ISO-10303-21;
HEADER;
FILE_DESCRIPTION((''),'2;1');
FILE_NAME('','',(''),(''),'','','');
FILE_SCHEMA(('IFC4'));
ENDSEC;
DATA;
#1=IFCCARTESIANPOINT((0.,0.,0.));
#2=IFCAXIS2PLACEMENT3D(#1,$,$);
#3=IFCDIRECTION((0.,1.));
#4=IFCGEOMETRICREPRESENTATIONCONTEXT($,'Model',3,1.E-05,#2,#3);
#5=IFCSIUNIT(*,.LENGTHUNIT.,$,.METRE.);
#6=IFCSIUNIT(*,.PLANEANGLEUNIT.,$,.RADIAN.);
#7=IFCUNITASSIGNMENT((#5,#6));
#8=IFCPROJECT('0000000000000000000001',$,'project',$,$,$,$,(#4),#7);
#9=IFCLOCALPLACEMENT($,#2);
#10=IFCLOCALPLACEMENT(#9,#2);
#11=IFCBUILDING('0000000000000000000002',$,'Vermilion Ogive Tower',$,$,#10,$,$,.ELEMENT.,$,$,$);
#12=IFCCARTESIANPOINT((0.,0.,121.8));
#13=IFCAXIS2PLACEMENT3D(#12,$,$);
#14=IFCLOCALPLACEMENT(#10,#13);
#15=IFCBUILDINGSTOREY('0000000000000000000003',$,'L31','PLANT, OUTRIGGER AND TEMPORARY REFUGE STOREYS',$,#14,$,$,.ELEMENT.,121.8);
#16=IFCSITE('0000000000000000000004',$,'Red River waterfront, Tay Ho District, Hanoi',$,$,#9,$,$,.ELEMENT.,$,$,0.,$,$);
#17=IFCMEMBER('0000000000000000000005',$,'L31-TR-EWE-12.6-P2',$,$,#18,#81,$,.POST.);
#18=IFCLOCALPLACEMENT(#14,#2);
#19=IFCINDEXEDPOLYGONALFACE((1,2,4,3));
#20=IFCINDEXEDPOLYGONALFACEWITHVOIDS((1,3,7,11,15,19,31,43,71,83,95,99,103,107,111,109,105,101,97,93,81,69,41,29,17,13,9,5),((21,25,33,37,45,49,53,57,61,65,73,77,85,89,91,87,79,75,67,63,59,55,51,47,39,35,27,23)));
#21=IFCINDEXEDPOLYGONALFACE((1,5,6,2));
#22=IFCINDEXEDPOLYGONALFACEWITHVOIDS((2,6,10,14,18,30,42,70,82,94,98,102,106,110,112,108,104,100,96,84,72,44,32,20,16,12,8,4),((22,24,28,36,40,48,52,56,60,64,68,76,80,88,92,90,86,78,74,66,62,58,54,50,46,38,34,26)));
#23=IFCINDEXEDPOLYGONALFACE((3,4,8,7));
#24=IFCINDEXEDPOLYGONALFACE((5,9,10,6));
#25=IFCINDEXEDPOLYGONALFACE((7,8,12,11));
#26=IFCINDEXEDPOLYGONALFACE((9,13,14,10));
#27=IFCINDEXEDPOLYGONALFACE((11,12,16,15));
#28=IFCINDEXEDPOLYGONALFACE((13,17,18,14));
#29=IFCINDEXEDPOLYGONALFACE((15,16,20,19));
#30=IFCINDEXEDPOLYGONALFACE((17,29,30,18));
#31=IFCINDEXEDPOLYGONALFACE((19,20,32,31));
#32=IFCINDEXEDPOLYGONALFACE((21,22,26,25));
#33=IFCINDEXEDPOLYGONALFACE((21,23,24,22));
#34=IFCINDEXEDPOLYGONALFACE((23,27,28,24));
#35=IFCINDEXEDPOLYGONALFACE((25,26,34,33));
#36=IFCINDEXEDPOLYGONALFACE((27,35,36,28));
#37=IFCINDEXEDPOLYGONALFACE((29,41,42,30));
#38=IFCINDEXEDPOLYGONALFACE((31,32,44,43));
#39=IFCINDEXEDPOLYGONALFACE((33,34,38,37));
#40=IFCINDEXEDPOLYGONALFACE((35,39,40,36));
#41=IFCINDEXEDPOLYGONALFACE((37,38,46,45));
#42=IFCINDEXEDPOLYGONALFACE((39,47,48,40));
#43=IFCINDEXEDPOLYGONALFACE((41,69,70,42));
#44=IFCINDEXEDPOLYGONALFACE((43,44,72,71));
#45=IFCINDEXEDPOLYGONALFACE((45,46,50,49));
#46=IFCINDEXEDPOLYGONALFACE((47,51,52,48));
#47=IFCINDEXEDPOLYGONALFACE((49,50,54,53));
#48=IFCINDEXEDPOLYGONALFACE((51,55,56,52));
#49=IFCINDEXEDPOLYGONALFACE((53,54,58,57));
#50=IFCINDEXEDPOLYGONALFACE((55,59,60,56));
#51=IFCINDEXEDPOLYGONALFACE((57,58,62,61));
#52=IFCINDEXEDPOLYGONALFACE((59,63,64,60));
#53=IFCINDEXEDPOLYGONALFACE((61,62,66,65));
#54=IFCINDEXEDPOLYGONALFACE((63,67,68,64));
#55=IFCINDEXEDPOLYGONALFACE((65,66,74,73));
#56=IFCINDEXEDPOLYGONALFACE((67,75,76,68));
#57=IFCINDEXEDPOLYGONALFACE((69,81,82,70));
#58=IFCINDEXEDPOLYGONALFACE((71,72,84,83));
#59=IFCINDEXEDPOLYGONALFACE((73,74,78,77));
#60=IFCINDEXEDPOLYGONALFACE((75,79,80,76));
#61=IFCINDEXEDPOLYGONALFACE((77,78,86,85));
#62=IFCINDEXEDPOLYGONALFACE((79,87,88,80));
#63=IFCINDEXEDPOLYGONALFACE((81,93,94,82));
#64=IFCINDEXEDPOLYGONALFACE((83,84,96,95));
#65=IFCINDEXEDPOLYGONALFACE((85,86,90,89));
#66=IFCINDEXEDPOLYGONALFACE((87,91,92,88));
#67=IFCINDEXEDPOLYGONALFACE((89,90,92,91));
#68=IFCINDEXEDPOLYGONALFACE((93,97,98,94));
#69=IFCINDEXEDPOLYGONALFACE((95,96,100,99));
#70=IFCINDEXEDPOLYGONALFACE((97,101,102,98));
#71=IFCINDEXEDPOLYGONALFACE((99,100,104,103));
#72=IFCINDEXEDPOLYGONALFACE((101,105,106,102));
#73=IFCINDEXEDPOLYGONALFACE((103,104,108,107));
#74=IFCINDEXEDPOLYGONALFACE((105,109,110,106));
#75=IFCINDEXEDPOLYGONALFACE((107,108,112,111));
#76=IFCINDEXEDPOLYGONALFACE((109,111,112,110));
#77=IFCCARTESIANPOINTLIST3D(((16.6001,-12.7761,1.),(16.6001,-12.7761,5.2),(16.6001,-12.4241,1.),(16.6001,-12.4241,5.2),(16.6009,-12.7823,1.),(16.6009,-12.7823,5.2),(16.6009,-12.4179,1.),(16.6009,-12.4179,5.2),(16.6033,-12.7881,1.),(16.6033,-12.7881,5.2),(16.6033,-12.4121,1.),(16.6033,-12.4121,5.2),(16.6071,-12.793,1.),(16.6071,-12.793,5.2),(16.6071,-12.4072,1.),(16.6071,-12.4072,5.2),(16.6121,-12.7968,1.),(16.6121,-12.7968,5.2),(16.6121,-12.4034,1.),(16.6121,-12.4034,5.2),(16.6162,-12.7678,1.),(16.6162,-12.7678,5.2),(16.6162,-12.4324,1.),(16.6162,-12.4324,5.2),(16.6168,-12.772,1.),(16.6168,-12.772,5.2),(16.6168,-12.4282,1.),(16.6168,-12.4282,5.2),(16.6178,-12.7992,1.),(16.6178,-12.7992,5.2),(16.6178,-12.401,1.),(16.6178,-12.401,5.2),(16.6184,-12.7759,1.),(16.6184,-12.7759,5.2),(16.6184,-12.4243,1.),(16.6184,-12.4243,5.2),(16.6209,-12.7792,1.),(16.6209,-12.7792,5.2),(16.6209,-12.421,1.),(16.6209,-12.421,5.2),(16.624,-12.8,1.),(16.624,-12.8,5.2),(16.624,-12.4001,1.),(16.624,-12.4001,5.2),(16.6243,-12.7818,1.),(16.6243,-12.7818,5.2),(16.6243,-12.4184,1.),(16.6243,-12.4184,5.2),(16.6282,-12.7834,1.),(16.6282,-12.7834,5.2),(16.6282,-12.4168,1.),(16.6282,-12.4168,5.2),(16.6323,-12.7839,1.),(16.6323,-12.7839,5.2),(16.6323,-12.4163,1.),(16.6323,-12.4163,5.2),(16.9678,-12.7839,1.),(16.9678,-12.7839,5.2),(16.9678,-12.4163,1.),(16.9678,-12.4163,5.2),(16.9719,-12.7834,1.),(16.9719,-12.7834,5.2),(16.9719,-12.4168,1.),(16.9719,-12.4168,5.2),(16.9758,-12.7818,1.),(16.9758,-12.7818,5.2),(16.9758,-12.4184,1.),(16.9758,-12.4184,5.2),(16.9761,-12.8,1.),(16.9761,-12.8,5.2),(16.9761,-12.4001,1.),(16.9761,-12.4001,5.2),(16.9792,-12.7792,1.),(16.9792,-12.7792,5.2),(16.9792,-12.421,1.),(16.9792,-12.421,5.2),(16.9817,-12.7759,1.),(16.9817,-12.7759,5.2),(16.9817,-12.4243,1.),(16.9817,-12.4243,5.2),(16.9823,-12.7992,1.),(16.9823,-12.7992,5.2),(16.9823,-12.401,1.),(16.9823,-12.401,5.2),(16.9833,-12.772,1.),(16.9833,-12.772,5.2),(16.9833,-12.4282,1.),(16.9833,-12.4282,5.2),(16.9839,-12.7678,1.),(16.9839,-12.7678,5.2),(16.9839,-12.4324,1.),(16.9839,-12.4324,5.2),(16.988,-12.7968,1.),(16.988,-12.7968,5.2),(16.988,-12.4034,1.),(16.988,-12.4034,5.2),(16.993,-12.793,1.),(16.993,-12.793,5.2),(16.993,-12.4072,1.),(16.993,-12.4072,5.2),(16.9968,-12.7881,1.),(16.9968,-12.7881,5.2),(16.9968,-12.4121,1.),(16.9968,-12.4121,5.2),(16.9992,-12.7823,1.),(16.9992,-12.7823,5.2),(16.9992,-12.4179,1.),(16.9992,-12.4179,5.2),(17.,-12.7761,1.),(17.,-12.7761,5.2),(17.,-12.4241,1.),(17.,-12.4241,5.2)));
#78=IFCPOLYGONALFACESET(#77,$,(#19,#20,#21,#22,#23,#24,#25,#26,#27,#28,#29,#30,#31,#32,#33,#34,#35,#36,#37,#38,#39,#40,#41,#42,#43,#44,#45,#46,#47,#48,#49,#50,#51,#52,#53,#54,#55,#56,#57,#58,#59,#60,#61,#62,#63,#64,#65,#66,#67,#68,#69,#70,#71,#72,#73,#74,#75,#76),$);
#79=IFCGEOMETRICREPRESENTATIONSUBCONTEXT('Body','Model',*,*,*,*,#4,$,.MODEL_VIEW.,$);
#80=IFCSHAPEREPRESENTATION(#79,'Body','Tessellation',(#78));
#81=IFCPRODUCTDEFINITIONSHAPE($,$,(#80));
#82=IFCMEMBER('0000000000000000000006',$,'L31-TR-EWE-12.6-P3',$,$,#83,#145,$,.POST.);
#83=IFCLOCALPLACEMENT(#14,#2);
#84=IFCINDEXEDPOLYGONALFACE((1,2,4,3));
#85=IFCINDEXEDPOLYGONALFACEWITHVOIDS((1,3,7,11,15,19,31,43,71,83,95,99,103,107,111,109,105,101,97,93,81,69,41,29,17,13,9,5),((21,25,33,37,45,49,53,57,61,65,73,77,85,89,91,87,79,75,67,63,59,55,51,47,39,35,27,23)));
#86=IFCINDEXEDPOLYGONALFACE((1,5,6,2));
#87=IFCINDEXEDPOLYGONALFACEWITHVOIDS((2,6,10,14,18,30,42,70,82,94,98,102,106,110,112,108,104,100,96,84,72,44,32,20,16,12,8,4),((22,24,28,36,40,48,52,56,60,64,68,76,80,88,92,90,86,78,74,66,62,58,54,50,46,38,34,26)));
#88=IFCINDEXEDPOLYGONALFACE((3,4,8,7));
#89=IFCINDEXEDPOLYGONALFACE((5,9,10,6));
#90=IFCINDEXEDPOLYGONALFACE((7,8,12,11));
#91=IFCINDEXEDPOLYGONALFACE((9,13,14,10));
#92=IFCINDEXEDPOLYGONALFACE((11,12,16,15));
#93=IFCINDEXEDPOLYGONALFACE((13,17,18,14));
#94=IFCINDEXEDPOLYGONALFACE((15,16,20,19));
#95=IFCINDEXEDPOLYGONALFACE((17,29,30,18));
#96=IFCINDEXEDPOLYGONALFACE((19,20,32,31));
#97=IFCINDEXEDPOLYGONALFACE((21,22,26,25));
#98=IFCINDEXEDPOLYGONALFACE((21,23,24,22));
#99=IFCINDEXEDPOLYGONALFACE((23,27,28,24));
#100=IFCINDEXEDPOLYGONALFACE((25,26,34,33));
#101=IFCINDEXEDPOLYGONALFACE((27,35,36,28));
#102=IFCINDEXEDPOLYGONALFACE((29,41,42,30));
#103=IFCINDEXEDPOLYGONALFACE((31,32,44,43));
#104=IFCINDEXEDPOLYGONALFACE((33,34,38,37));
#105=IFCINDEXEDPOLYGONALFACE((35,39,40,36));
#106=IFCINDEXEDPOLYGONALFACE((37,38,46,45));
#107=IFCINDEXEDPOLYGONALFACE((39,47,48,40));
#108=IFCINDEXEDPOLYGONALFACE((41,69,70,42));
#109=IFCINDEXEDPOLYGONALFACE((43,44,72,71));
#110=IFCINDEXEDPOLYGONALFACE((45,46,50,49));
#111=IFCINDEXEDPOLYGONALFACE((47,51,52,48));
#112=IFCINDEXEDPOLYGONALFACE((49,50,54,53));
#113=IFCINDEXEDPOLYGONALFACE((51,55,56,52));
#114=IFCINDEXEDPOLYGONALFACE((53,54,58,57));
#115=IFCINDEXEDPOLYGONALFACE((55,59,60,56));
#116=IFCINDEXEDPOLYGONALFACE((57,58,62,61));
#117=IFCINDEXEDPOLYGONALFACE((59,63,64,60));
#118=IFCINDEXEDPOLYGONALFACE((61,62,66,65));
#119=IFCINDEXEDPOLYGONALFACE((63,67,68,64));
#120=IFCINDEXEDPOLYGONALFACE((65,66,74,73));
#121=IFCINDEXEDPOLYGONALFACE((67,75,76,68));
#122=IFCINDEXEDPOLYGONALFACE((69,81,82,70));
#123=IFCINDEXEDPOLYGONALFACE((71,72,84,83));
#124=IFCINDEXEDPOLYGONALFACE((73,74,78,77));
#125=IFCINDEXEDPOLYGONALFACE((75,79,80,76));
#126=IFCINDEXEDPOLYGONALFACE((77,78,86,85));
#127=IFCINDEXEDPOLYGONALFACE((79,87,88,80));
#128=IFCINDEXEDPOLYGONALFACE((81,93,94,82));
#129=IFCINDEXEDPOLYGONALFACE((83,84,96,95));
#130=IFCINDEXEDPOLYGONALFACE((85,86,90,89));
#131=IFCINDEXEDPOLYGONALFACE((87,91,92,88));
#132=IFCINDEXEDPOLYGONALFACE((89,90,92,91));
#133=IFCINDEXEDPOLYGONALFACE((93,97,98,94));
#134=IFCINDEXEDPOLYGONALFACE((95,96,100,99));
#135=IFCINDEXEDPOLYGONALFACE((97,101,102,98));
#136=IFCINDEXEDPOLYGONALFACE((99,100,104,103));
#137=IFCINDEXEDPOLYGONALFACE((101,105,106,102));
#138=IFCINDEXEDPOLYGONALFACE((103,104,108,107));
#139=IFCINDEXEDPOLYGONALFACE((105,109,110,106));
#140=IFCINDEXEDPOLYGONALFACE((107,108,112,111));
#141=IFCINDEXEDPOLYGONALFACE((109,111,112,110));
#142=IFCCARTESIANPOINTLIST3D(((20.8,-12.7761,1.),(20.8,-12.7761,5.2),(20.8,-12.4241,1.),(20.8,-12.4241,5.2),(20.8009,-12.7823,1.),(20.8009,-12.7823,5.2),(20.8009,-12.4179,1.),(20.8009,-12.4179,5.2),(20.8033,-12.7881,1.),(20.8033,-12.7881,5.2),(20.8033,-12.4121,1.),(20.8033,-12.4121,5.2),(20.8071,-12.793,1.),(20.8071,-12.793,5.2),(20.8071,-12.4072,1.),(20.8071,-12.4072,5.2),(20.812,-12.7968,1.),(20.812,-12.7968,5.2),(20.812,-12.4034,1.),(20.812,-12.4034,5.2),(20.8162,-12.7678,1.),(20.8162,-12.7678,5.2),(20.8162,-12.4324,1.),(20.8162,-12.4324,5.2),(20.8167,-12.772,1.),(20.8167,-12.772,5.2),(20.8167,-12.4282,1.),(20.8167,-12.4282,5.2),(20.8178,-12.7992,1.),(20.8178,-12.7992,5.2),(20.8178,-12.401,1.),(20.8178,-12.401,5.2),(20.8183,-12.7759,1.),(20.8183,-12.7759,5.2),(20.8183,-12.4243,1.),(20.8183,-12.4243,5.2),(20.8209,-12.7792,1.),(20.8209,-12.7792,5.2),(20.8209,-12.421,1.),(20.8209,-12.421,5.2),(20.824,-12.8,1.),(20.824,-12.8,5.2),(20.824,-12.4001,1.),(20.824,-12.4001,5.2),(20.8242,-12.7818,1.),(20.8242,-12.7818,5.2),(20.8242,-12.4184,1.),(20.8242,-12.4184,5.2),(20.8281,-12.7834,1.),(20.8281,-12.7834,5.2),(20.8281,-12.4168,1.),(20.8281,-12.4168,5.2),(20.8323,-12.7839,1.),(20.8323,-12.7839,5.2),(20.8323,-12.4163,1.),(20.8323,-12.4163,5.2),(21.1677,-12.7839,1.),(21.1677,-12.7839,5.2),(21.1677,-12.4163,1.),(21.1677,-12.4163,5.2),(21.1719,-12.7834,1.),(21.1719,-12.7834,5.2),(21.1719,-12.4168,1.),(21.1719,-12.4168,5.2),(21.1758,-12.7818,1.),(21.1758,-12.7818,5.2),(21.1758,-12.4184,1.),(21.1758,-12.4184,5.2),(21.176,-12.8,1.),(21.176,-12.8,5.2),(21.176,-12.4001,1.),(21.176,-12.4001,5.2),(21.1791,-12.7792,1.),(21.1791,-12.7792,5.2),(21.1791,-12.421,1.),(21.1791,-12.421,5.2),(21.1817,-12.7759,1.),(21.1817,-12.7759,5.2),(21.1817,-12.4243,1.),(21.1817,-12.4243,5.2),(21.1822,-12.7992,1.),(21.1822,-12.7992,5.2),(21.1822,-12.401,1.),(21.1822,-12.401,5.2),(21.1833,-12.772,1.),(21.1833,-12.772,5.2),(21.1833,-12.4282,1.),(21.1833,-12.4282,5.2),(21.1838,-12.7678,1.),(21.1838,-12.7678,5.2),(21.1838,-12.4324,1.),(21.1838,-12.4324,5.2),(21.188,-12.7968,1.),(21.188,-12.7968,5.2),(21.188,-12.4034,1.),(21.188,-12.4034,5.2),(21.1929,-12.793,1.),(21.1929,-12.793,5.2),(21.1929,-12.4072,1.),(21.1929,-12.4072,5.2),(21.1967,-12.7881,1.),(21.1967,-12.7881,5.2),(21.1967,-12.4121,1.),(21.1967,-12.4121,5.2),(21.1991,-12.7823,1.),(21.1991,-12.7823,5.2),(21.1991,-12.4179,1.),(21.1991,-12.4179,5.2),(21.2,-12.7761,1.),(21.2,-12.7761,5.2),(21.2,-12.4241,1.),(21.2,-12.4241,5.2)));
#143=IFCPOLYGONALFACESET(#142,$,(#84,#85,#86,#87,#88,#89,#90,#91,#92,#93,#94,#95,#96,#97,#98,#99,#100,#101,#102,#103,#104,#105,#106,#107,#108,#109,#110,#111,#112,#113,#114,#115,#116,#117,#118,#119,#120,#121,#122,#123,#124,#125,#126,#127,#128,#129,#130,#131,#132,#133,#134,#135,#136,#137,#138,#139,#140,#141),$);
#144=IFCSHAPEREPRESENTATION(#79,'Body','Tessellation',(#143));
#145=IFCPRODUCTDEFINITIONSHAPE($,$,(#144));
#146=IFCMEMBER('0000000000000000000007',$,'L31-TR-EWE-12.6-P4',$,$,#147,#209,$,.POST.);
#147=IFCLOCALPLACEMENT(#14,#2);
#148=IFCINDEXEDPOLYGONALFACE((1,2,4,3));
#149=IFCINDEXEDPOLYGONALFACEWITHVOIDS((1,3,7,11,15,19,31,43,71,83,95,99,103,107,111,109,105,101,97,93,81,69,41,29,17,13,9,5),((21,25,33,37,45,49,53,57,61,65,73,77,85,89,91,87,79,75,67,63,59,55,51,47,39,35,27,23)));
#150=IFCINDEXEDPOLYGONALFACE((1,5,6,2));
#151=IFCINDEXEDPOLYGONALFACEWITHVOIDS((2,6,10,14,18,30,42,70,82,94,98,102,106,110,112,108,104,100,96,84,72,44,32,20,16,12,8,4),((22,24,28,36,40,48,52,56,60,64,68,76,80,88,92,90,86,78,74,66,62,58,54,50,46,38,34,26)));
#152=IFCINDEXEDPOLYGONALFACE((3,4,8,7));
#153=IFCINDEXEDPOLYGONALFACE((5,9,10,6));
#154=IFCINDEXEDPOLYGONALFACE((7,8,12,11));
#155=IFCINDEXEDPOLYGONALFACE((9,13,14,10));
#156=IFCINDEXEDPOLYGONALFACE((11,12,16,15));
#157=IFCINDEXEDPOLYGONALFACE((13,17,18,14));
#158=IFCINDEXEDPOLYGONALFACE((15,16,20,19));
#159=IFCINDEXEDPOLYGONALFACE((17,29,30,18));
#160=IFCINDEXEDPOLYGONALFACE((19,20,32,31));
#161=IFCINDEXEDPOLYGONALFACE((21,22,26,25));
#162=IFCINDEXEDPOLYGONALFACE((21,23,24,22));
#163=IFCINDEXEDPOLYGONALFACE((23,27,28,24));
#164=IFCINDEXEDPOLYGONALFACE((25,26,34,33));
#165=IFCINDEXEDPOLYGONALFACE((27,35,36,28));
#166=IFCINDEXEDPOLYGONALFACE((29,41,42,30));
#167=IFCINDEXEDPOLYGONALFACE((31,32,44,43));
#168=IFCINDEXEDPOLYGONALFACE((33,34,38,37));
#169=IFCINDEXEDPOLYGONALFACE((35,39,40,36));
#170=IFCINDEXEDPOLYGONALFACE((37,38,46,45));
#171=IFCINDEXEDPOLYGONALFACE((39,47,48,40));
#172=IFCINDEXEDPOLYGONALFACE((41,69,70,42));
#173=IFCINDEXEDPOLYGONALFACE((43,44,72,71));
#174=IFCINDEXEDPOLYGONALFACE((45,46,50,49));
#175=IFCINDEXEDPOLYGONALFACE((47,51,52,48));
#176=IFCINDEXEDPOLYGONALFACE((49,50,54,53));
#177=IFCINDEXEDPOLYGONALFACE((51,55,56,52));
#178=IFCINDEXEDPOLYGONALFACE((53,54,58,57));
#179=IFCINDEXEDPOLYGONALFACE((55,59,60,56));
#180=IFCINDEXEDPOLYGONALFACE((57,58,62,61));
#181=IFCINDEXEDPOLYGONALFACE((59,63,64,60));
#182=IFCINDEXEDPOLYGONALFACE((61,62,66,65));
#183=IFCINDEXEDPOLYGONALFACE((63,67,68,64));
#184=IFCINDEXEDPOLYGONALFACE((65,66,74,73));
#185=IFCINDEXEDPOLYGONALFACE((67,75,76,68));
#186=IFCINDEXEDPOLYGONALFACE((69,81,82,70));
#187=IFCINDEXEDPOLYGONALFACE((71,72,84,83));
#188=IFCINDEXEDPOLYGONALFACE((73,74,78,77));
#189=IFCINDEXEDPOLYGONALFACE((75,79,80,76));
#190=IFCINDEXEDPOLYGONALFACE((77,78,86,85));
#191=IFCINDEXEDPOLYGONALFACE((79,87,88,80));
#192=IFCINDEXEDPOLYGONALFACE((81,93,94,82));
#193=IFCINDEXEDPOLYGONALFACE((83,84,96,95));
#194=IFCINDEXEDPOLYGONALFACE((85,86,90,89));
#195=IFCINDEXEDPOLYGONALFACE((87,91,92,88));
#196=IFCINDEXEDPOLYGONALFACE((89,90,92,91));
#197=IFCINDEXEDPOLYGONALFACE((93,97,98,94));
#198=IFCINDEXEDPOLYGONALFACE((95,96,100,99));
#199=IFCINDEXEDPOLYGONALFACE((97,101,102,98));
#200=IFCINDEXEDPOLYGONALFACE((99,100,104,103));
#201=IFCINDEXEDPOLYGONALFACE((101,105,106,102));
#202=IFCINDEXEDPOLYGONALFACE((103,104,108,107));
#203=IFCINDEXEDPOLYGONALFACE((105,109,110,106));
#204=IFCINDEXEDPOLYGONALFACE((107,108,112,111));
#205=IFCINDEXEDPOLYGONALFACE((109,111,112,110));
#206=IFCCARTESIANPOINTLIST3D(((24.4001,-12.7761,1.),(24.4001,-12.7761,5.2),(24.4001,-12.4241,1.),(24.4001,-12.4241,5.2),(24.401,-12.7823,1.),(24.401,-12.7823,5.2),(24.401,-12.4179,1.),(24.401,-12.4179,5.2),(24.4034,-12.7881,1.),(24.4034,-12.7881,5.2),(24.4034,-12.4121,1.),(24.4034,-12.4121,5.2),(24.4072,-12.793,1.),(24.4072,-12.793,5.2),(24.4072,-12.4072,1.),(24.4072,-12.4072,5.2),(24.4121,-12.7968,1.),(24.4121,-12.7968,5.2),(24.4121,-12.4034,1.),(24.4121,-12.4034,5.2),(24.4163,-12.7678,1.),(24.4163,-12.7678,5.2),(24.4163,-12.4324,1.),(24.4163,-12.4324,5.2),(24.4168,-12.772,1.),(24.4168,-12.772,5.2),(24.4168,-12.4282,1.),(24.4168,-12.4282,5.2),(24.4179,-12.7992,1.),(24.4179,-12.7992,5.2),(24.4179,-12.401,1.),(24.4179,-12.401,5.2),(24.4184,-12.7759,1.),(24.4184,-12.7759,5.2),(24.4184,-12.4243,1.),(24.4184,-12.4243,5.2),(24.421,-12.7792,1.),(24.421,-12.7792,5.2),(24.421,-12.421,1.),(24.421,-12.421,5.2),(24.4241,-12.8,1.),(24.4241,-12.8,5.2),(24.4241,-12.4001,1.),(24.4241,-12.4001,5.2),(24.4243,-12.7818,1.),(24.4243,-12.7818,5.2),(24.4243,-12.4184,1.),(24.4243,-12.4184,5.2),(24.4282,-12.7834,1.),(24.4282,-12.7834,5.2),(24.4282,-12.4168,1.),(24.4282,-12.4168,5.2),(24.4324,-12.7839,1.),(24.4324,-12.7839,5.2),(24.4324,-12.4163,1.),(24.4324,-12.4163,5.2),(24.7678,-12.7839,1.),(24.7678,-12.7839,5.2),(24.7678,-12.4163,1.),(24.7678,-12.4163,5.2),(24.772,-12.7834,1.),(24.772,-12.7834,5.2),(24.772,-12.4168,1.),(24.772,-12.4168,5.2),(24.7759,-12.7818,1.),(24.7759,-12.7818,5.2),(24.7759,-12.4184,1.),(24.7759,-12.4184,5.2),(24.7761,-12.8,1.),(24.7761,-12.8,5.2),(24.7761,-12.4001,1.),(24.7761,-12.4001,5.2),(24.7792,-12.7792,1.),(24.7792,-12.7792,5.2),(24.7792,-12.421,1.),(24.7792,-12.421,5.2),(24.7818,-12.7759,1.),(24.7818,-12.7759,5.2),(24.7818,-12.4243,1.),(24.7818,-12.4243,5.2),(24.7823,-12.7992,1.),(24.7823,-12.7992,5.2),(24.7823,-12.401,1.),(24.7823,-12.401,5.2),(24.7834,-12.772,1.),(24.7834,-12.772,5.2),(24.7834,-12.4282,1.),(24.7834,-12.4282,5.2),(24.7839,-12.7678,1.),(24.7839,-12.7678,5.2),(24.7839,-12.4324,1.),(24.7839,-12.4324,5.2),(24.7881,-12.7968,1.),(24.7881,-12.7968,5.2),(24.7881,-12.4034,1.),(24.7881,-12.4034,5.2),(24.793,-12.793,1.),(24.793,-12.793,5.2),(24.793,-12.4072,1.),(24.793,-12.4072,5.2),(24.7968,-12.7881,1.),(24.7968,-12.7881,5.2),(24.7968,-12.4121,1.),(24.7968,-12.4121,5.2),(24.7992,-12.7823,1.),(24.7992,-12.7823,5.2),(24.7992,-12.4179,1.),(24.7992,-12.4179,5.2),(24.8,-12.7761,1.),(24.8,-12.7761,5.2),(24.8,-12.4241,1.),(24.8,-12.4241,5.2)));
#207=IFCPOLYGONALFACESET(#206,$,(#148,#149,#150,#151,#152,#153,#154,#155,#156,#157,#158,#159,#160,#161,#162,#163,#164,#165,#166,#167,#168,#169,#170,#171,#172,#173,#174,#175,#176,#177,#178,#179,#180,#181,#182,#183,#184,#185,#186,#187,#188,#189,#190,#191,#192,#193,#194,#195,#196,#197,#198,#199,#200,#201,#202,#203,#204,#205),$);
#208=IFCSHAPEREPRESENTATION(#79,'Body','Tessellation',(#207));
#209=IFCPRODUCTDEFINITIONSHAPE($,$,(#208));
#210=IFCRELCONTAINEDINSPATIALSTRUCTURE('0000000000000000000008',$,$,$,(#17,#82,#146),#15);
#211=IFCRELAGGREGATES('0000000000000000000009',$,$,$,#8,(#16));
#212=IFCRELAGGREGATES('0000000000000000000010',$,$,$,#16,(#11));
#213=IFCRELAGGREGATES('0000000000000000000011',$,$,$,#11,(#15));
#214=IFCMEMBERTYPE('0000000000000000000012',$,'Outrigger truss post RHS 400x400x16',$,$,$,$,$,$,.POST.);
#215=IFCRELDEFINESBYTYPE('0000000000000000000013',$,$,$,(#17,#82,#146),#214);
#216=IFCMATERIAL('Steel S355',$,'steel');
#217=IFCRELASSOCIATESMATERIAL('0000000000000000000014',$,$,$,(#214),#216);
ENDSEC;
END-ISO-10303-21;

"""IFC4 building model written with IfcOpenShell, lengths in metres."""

from ifc_helpers import new_model, si_unit, direction, frame, origin, origin_2d, place, context, subcontext, project, spatial, hollow_rectangle, extrude, material, material_profile, profile_set, type_object, element, save


model = new_model("IFC4")

# Units and contexts
model_context = context("Model", 3, precision=1e-05, world=origin(), true_north=direction((0.0, 1.0)))
body_context = subcontext(model_context, "Body", "Model", "MODEL_VIEW")
ifc_project = project(units=[si_unit("LENGTHUNIT", "METRE"), si_unit("PLANEANGLEUNIT", "RADIAN")], contexts=[model_context])

# Site, building, storey
site_placement = place(None, origin())
site = spatial("IfcSite", under=ifc_project, at=site_placement, Name="Red River waterfront, Tay Ho District, Hanoi", CompositionType="ELEMENT", RefElevation=0.0)
building_placement = place(site_placement, origin())
building = spatial("IfcBuilding", under=site, at=building_placement, Name="Vermilion Ogive Tower", CompositionType="ELEMENT")
storey_placement = place(building_placement, frame((0.0, 0.0, 121.8)))
storey = spatial("IfcBuildingStorey", under=building, at=storey_placement, Name="L31", Description="PLANT, OUTRIGGER AND TEMPORARY REFUGE STOREYS", CompositionType="ELEMENT", Elevation=121.8)

# Members
ifc_material_1 = material(Name="Steel S355", Category="steel")
ifc_material_profile_1 = material_profile(ifc_material_1, hollow_rectangle(XDim=0.3999, YDim=0.3999, WallThickness=0.0161, InnerFilletRadius=0.0161, OuterFilletRadius=0.0239, at=origin_2d()), Name="RHS 400x400x16")
ifc_profile_set_1 = profile_set([ifc_material_profile_1], Name="Steel S355")
member_type_1 = type_object("IfcMemberType", Name="Outrigger truss post RHS 400x400x16", PredefinedType="POST", material=ifc_profile_set_1)
for number, where, z_axis, x_axis, name in (
    (1, (16.8, -12.6001, 1.0), (0.0, 0.0, 1.0), (1.0, 0.0, 0.0), "L31-TR-EWE-12.6-P2"),
    (2, (21.0, -12.6001, 1.0), (0.0, 0.0, 1.0), (1.0, 0.0, 0.0), "L31-TR-EWE-12.6-P3"),
    (3, (24.6001, -12.6001, 1.0), (0.0, 0.0, 1.0), (1.0, 0.0, 0.0), "L31-TR-EWE-12.6-P4"),
):
    element("IfcMember", number, at=place(storey_placement, frame(where, z_axis=z_axis, x_axis=x_axis)), inside=storey, type_object=member_type_1, Name=name, PredefinedType="POST", context=body_context, shape_type="SweptSolid", body=[
        extrude(hollow_rectangle(XDim=0.3999, YDim=0.3999, WallThickness=0.0161, InnerFilletRadius=0.0161, OuterFilletRadius=0.0239, at=origin_2d()), origin(), (0.0, 0.0, 1.0), 4.2),
    ])

save(model, "model.ifc")
